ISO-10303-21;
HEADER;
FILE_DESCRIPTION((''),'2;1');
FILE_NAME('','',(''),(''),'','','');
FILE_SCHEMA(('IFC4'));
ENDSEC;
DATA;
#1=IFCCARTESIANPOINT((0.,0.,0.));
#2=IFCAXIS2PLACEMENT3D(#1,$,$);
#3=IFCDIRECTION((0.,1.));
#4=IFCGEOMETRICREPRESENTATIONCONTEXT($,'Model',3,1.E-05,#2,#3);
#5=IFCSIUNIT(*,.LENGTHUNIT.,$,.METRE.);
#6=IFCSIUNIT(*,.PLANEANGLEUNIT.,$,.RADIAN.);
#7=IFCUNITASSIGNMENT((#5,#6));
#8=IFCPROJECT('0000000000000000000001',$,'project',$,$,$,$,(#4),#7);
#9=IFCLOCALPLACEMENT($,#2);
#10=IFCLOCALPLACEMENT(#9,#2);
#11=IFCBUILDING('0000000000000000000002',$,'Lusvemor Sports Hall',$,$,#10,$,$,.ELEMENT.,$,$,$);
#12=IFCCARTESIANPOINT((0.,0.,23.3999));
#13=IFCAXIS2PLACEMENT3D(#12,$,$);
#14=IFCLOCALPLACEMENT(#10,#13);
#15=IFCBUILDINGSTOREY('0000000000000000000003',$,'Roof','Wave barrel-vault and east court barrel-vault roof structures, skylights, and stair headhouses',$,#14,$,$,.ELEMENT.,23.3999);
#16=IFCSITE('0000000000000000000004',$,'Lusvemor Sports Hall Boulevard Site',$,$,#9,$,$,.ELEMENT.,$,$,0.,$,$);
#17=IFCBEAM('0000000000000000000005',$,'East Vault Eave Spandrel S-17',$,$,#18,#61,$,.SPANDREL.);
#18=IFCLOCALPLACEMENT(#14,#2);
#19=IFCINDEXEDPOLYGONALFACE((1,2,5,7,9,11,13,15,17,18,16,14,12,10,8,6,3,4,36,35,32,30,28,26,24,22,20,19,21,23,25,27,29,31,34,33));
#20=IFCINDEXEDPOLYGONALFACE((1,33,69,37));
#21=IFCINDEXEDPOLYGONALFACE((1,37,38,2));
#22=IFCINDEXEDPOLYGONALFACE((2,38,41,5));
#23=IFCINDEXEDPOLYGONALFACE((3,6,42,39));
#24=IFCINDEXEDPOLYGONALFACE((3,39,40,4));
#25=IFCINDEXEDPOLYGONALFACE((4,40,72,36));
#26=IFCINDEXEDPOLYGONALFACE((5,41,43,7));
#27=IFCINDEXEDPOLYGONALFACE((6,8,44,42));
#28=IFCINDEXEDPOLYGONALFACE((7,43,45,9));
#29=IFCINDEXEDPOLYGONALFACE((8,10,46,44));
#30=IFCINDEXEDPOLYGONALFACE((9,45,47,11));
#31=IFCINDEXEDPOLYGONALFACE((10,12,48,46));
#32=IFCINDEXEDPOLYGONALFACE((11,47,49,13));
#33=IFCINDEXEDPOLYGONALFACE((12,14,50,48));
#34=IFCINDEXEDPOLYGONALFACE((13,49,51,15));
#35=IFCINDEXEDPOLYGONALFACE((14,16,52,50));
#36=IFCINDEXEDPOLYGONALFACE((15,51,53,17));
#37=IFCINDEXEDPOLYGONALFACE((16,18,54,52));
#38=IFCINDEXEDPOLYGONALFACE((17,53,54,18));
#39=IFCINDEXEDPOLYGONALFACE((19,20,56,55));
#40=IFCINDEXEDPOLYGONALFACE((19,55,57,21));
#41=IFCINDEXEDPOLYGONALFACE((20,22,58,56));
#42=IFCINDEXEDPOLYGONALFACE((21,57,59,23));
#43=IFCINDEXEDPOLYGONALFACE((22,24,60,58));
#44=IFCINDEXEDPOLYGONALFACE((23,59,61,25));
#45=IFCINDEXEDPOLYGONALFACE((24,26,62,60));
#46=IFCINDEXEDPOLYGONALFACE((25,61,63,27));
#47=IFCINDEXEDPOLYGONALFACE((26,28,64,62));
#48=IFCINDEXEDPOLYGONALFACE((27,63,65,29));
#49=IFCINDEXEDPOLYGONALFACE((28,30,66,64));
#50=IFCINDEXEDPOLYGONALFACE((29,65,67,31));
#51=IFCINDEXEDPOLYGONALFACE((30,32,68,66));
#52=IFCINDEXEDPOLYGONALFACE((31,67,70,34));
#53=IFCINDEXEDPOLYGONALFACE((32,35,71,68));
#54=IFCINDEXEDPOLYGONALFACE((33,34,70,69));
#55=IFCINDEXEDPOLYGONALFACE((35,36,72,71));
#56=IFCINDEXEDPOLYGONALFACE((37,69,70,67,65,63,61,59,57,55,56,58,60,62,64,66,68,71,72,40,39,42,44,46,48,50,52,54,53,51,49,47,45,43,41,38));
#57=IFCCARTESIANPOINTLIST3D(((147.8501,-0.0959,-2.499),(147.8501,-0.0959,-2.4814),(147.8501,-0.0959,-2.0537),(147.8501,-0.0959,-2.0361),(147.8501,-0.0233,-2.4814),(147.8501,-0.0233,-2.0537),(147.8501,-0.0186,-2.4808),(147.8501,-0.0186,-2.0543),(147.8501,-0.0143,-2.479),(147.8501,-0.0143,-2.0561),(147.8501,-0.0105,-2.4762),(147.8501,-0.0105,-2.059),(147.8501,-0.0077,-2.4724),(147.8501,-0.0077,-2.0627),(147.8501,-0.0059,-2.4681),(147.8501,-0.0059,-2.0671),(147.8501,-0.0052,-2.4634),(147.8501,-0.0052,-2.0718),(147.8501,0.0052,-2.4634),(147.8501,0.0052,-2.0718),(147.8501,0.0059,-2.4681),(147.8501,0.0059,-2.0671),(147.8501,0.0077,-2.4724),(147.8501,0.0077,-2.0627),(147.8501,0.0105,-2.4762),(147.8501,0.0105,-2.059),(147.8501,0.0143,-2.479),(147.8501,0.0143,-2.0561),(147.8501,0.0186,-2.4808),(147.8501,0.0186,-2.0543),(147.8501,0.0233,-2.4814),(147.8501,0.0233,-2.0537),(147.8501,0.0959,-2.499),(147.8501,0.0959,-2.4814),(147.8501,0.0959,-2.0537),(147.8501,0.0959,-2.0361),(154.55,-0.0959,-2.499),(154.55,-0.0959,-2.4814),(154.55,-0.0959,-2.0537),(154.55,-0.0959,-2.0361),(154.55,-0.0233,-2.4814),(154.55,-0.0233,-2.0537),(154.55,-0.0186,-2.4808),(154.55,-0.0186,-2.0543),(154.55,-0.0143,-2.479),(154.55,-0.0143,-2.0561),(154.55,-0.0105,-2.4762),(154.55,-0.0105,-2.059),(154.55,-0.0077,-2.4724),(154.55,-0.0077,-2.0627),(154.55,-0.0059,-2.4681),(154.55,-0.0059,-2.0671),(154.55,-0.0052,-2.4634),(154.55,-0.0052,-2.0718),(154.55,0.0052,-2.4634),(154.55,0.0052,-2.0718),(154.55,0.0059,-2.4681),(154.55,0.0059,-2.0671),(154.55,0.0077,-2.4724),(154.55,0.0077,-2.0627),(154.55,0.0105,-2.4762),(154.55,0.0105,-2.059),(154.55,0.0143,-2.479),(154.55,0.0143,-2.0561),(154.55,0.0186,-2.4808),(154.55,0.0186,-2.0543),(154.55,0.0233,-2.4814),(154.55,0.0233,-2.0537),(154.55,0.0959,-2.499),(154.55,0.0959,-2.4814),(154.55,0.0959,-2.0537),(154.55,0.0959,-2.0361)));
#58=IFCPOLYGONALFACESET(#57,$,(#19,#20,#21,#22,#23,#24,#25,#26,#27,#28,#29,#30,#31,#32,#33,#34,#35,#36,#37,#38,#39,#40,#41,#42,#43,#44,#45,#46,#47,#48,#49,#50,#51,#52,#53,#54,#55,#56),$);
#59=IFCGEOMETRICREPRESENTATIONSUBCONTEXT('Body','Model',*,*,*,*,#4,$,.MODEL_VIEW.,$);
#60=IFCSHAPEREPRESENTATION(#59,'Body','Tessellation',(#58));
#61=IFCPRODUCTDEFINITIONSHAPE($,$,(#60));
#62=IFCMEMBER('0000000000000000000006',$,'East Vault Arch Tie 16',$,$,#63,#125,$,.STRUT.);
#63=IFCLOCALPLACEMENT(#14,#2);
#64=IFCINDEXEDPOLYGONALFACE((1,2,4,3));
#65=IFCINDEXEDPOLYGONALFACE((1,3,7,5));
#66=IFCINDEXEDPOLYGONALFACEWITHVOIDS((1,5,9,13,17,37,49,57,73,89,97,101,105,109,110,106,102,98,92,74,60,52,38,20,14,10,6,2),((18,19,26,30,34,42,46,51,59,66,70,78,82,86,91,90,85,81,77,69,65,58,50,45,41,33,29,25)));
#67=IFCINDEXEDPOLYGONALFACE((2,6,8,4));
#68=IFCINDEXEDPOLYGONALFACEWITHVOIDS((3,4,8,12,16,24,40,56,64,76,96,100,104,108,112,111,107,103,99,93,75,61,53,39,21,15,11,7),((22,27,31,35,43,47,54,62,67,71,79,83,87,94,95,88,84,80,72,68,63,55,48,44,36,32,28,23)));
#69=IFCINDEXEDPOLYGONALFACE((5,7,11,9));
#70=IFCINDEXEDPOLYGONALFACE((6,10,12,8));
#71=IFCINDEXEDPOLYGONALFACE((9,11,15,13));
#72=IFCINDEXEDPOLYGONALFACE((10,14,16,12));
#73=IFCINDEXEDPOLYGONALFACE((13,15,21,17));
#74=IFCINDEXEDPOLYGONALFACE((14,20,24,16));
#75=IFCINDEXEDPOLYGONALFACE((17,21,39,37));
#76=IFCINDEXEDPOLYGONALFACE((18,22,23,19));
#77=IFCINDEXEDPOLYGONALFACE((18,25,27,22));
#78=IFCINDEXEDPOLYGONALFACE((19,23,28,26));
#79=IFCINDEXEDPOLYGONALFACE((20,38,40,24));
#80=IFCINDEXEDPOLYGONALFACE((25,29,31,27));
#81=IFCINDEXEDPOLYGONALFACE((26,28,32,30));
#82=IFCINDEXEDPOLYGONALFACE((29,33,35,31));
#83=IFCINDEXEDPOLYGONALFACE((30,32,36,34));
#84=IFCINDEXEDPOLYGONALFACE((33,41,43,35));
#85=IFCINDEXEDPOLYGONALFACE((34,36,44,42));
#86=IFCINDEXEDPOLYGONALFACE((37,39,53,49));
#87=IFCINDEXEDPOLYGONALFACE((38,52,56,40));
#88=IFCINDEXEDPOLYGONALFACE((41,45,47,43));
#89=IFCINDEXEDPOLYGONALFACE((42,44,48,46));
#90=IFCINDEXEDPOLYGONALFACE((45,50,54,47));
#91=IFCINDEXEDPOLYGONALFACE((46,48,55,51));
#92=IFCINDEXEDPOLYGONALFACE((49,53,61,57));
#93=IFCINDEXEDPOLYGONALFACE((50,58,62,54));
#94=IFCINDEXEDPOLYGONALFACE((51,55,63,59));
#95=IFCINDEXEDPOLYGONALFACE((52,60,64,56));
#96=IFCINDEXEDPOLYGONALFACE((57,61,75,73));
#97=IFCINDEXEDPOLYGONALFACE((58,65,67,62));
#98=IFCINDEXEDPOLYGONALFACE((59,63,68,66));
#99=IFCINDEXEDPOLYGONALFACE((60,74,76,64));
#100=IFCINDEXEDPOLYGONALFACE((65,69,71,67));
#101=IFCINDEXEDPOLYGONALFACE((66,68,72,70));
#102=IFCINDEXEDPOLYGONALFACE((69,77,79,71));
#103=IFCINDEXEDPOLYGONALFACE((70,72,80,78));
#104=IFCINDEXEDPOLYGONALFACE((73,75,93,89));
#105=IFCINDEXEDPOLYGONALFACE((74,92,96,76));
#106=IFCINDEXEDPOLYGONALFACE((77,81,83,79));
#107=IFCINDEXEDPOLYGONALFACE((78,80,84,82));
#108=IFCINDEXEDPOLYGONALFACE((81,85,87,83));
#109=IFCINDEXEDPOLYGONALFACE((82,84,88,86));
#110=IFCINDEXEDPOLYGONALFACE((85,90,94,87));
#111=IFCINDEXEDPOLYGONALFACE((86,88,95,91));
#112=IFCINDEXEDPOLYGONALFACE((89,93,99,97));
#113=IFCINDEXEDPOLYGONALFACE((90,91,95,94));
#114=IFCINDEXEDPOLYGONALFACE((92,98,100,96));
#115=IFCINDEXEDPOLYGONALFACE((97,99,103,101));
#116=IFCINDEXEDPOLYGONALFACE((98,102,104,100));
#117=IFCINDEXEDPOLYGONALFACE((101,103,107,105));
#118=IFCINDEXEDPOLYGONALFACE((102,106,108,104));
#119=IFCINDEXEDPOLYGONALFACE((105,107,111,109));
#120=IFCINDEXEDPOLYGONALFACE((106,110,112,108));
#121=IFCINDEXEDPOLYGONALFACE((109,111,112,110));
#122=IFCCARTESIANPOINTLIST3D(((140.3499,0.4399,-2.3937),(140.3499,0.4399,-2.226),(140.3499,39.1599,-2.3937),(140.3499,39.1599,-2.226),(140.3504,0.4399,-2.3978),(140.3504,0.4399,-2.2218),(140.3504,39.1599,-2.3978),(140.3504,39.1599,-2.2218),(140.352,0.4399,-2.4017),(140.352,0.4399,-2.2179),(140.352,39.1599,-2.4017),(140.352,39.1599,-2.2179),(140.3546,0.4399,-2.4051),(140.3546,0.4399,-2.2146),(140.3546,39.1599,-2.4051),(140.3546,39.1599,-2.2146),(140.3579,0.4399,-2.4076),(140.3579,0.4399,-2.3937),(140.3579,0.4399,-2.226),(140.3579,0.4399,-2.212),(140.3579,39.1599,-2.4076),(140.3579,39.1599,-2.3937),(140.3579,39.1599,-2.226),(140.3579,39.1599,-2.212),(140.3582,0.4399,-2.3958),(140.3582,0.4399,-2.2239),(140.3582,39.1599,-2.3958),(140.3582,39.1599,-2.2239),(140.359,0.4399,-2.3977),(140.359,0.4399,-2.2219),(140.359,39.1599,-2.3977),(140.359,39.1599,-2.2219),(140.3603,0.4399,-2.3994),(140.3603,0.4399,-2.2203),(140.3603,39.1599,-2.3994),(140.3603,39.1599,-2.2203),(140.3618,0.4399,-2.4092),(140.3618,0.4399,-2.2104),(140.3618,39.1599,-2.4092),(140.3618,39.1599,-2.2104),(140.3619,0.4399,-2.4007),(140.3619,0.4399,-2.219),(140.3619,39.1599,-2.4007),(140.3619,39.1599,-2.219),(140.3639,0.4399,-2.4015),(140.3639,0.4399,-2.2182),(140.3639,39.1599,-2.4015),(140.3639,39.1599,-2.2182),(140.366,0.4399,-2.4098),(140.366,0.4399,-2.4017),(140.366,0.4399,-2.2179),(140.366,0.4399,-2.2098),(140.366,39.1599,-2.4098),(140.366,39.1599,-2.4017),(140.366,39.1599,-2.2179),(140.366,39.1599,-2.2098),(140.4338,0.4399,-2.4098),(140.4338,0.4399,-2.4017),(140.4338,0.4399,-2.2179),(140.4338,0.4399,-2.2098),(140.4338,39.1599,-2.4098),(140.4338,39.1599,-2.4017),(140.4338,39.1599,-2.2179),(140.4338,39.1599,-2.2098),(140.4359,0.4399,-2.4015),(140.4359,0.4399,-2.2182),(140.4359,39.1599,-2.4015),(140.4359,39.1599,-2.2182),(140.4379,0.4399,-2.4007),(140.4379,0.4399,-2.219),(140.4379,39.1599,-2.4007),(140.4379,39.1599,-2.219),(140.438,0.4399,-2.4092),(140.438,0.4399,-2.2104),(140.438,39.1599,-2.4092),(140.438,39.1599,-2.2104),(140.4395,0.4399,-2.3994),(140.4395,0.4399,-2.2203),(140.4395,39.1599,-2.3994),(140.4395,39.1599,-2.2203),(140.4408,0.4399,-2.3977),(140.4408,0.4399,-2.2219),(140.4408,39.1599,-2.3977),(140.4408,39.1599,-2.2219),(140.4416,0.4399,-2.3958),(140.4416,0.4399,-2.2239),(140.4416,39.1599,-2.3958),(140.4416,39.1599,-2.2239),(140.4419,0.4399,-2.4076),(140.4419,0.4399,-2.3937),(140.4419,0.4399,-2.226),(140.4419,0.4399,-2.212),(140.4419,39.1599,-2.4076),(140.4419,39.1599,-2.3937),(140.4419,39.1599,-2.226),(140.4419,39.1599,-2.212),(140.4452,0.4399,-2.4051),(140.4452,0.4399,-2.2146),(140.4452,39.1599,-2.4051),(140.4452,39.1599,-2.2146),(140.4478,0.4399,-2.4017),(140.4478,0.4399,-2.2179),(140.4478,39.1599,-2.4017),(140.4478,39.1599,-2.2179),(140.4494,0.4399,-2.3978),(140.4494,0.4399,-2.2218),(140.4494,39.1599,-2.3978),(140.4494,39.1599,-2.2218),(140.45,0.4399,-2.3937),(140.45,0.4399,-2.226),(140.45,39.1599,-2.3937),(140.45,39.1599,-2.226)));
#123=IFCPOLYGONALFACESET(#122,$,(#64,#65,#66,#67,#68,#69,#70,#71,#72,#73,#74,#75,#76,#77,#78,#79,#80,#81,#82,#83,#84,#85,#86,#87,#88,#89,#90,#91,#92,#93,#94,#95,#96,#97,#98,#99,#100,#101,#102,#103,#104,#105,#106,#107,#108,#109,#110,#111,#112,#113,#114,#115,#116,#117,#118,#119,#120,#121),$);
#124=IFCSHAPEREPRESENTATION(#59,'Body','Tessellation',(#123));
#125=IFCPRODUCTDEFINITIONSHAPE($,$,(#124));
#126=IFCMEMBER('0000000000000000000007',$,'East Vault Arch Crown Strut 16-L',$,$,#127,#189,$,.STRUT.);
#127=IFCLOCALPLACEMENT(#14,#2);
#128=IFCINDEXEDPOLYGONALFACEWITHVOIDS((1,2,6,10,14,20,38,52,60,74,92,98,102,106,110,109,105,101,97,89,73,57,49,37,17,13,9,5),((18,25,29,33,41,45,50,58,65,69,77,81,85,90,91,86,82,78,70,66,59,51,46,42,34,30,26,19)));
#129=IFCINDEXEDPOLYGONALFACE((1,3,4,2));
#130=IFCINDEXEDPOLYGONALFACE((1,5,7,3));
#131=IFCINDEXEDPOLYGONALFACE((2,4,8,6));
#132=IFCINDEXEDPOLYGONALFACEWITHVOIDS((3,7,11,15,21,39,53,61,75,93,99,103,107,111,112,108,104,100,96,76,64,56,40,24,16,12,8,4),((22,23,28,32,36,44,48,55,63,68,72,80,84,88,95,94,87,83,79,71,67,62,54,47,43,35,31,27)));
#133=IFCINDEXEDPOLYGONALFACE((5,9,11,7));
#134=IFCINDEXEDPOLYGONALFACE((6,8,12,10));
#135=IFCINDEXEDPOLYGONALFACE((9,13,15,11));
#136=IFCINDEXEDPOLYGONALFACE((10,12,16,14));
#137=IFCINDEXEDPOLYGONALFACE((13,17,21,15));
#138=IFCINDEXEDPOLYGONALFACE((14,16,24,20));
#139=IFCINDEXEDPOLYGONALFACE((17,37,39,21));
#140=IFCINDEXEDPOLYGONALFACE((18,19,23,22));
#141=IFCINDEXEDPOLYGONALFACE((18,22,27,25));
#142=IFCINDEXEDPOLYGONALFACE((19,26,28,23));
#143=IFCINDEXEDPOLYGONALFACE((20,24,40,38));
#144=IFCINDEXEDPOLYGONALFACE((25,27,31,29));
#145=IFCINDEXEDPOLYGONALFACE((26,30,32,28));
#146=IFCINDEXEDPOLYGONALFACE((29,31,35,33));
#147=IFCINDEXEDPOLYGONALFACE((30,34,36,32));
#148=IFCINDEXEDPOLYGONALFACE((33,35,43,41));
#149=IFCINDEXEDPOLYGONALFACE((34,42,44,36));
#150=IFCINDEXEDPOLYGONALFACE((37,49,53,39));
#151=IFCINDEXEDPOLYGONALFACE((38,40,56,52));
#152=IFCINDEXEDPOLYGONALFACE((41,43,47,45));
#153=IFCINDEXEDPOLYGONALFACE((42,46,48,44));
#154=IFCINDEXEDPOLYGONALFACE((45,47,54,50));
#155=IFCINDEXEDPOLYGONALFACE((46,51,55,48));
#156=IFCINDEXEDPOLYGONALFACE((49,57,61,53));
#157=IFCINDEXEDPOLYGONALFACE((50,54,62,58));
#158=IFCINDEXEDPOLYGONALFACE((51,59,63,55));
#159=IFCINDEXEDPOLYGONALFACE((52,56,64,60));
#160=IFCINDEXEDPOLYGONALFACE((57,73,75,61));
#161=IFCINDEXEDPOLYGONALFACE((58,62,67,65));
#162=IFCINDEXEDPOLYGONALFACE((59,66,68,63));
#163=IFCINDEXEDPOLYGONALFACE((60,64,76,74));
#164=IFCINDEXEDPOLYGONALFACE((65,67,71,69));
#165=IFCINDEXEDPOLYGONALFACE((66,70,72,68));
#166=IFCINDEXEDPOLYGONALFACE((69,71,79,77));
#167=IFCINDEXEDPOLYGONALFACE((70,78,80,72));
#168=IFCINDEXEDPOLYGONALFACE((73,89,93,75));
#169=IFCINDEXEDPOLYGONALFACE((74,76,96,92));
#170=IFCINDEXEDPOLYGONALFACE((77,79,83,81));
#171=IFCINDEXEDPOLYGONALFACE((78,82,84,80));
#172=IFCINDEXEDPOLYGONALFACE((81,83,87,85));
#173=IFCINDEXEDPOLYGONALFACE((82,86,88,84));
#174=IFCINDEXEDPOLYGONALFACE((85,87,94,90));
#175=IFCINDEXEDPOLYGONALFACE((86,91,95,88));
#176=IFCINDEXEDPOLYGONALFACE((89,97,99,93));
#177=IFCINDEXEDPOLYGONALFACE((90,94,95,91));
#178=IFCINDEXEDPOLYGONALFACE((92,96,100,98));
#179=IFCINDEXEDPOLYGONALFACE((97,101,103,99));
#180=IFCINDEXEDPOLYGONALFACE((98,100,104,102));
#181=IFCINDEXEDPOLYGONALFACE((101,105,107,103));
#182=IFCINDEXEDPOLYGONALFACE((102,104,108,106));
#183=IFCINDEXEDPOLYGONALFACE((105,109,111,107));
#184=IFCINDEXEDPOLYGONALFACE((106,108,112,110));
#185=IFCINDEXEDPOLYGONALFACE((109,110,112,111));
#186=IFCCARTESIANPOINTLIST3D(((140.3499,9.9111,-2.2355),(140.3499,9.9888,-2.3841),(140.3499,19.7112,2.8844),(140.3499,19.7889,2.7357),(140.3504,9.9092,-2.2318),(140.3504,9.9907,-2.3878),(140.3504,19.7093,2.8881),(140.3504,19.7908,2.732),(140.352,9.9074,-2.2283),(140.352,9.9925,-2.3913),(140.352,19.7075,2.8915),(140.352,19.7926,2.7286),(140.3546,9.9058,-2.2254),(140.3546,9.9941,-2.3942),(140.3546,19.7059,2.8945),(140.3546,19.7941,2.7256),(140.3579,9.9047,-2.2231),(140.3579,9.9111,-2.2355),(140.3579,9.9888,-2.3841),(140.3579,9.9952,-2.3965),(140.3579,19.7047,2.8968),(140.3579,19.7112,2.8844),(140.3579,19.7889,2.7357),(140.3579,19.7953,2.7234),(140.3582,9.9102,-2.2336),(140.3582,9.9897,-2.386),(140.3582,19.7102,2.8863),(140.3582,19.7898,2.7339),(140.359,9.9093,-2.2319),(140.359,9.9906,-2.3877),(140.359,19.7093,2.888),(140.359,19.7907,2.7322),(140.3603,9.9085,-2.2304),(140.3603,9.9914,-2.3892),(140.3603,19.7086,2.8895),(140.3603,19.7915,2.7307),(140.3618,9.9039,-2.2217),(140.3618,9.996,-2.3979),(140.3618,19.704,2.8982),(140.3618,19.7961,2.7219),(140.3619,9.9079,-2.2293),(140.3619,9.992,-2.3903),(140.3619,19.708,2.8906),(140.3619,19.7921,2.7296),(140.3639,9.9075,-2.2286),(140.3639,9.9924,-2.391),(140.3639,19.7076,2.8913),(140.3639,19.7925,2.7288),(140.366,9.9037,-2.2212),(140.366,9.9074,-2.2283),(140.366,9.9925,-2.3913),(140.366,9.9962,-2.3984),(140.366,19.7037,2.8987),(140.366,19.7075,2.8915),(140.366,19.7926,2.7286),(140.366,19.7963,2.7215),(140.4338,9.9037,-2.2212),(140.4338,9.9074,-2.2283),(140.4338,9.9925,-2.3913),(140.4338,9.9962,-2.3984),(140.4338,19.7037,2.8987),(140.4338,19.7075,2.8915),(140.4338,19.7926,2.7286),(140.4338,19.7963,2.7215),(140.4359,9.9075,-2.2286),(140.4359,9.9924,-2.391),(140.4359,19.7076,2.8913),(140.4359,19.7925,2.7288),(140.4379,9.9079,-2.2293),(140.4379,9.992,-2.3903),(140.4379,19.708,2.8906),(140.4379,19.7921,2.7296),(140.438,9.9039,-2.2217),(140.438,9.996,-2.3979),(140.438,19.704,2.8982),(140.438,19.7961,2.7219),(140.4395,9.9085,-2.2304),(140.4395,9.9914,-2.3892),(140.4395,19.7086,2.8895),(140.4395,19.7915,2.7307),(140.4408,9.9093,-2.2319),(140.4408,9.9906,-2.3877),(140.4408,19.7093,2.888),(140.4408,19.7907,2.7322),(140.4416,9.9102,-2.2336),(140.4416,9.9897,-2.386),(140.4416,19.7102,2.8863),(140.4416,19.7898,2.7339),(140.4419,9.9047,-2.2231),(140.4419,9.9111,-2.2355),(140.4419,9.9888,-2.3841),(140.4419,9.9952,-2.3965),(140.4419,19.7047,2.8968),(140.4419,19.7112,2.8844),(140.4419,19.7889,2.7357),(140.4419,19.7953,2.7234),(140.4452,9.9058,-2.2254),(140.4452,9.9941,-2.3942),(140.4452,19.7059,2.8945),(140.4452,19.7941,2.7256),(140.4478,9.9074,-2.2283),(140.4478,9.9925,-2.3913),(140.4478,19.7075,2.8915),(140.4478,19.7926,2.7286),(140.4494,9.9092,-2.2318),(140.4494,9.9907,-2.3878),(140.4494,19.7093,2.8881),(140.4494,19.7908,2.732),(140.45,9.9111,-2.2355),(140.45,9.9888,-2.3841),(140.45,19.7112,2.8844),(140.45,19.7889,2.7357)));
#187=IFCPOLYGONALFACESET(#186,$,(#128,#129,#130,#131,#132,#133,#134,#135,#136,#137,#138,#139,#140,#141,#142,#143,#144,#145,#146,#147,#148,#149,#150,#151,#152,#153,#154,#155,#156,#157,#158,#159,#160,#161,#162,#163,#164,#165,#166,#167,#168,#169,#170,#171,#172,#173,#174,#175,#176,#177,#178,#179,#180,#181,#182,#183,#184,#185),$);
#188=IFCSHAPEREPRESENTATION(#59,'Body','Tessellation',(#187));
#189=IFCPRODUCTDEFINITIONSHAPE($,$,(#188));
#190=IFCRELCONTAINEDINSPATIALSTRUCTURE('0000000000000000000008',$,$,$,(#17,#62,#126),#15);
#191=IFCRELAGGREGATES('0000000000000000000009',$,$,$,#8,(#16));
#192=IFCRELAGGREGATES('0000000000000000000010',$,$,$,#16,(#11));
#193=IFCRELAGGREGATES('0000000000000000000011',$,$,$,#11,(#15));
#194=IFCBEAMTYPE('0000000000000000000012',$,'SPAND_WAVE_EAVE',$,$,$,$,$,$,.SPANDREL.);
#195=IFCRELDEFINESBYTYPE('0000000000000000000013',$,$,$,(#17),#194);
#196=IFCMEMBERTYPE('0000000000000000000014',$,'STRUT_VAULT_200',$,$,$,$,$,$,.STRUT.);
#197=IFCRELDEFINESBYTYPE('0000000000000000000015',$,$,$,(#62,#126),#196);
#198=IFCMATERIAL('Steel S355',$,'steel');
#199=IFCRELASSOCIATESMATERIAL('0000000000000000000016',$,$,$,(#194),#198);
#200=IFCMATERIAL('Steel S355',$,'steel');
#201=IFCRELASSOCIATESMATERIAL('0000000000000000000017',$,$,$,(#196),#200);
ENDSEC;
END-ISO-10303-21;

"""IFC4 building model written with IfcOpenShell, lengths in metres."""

from ifc_helpers import new_model, si_unit, direction, frame, origin, origin_2d, place, context, subcontext, project, spatial, hollow_rectangle, i_section, extrude, material, material_profile, profile_set, type_object, element, save


model = new_model("IFC4")

# Units and contexts
model_context = context("Model", 3, precision=1e-05, world=origin(), true_north=direction((0.0, 1.0)))
body_context = subcontext(model_context, "Body", "Model", "MODEL_VIEW")
ifc_project = project(units=[si_unit("LENGTHUNIT", "METRE"), si_unit("PLANEANGLEUNIT", "RADIAN")], contexts=[model_context])

# Site, building, storey
site_placement = place(None, origin())
site = spatial("IfcSite", under=ifc_project, at=site_placement, Name="Lusvemor Sports Hall Boulevard Site", CompositionType="ELEMENT", RefElevation=0.0)
building_placement = place(site_placement, origin())
building = spatial("IfcBuilding", under=site, at=building_placement, Name="Lusvemor Sports Hall", CompositionType="ELEMENT")
storey_placement = place(building_placement, frame((0.0, 0.0, 23.3999)))
storey = spatial("IfcBuildingStorey", under=building, at=storey_placement, Name="Roof", Description="Wave barrel-vault and east court barrel-vault roof structures, skylights, and stair headhouses", CompositionType="ELEMENT", Elevation=23.3999)

# Beam
ifc_material_1 = material(Name="Steel S355", Category="steel")
ifc_material_profile_1 = material_profile(ifc_material_1, i_section(OverallWidth=0.1919, OverallDepth=0.4629, WebThickness=0.0105, FlangeThickness=0.0176, FilletRadius=0.0181, at=origin_2d()), Name="W460x89.0")
ifc_profile_set_1 = profile_set([ifc_material_profile_1], Name="Steel S355")
beam_type_1 = type_object("IfcBeamType", Name="SPAND_WAVE_EAVE", PredefinedType="SPANDREL", material=ifc_profile_set_1)
beam_1_placement = place(storey_placement, frame((147.8501, 0.0, -2.2676), z_axis=(1.0, 0.0, 0.0), x_axis=(0.0, 1.0, 0.0)))
element("IfcBeam", 1, at=beam_1_placement, inside=storey, type_object=beam_type_1, Name="East Vault Eave Spandrel S-17", PredefinedType="SPANDREL", context=body_context, shape_type="SweptSolid", body=[
    extrude(i_section(OverallWidth=0.1919, OverallDepth=0.4629, WebThickness=0.0105, FlangeThickness=0.0176, FilletRadius=0.0181, at=origin_2d()), origin(), (0.0, 0.0, 1.0), 6.7),
])

# Members
ifc_material_2 = material(Name="Steel S355", Category="steel")
ifc_material_profile_2 = material_profile(ifc_material_2, hollow_rectangle(XDim=0.1001, YDim=0.2, WallThickness=0.0081, InnerFilletRadius=0.0081, OuterFilletRadius=0.0161, at=origin_2d()), Name="RHS200x100x8")
ifc_profile_set_2 = profile_set([ifc_material_profile_2], Name="Steel S355")
member_type_1 = type_object("IfcMemberType", Name="STRUT_VAULT_200", PredefinedType="STRUT", material=ifc_profile_set_2)
member_1_placement = place(storey_placement, frame((140.3999, 0.4399, -2.3098), z_axis=(0.0, 1.0, 0.0), x_axis=(-1.0, 0.0, 0.0)))
element("IfcMember", 2, at=member_1_placement, inside=storey, type_object=member_type_1, Name="East Vault Arch Tie 16", PredefinedType="STRUT", context=body_context, shape_type="SweptSolid", body=[
    extrude(hollow_rectangle(XDim=0.1001, YDim=0.2, WallThickness=0.0081, InnerFilletRadius=0.0081, OuterFilletRadius=0.0161, at=origin_2d()), origin(), (0.0, 0.0, 1.0), 38.72),
])
member_2_placement = place(storey_placement, frame((140.3999, 9.95, -2.3098), z_axis=(0.0, 0.886332, 0.46305), x_axis=(-1.0, 0.0, 0.0)))
element("IfcMember", 3, at=member_2_placement, inside=storey, type_object=member_type_1, Name="East Vault Arch Crown Strut 16-L", PredefinedType="STRUT", context=body_context, shape_type="SweptSolid", body=[
    extrude(hollow_rectangle(XDim=0.1001, YDim=0.2, WallThickness=0.0081, InnerFilletRadius=0.0081, OuterFilletRadius=0.0161, at=origin_2d()), origin(), (0.0, 0.0, 1.0), 11.0569),
])

save(model, "model.ifc")
